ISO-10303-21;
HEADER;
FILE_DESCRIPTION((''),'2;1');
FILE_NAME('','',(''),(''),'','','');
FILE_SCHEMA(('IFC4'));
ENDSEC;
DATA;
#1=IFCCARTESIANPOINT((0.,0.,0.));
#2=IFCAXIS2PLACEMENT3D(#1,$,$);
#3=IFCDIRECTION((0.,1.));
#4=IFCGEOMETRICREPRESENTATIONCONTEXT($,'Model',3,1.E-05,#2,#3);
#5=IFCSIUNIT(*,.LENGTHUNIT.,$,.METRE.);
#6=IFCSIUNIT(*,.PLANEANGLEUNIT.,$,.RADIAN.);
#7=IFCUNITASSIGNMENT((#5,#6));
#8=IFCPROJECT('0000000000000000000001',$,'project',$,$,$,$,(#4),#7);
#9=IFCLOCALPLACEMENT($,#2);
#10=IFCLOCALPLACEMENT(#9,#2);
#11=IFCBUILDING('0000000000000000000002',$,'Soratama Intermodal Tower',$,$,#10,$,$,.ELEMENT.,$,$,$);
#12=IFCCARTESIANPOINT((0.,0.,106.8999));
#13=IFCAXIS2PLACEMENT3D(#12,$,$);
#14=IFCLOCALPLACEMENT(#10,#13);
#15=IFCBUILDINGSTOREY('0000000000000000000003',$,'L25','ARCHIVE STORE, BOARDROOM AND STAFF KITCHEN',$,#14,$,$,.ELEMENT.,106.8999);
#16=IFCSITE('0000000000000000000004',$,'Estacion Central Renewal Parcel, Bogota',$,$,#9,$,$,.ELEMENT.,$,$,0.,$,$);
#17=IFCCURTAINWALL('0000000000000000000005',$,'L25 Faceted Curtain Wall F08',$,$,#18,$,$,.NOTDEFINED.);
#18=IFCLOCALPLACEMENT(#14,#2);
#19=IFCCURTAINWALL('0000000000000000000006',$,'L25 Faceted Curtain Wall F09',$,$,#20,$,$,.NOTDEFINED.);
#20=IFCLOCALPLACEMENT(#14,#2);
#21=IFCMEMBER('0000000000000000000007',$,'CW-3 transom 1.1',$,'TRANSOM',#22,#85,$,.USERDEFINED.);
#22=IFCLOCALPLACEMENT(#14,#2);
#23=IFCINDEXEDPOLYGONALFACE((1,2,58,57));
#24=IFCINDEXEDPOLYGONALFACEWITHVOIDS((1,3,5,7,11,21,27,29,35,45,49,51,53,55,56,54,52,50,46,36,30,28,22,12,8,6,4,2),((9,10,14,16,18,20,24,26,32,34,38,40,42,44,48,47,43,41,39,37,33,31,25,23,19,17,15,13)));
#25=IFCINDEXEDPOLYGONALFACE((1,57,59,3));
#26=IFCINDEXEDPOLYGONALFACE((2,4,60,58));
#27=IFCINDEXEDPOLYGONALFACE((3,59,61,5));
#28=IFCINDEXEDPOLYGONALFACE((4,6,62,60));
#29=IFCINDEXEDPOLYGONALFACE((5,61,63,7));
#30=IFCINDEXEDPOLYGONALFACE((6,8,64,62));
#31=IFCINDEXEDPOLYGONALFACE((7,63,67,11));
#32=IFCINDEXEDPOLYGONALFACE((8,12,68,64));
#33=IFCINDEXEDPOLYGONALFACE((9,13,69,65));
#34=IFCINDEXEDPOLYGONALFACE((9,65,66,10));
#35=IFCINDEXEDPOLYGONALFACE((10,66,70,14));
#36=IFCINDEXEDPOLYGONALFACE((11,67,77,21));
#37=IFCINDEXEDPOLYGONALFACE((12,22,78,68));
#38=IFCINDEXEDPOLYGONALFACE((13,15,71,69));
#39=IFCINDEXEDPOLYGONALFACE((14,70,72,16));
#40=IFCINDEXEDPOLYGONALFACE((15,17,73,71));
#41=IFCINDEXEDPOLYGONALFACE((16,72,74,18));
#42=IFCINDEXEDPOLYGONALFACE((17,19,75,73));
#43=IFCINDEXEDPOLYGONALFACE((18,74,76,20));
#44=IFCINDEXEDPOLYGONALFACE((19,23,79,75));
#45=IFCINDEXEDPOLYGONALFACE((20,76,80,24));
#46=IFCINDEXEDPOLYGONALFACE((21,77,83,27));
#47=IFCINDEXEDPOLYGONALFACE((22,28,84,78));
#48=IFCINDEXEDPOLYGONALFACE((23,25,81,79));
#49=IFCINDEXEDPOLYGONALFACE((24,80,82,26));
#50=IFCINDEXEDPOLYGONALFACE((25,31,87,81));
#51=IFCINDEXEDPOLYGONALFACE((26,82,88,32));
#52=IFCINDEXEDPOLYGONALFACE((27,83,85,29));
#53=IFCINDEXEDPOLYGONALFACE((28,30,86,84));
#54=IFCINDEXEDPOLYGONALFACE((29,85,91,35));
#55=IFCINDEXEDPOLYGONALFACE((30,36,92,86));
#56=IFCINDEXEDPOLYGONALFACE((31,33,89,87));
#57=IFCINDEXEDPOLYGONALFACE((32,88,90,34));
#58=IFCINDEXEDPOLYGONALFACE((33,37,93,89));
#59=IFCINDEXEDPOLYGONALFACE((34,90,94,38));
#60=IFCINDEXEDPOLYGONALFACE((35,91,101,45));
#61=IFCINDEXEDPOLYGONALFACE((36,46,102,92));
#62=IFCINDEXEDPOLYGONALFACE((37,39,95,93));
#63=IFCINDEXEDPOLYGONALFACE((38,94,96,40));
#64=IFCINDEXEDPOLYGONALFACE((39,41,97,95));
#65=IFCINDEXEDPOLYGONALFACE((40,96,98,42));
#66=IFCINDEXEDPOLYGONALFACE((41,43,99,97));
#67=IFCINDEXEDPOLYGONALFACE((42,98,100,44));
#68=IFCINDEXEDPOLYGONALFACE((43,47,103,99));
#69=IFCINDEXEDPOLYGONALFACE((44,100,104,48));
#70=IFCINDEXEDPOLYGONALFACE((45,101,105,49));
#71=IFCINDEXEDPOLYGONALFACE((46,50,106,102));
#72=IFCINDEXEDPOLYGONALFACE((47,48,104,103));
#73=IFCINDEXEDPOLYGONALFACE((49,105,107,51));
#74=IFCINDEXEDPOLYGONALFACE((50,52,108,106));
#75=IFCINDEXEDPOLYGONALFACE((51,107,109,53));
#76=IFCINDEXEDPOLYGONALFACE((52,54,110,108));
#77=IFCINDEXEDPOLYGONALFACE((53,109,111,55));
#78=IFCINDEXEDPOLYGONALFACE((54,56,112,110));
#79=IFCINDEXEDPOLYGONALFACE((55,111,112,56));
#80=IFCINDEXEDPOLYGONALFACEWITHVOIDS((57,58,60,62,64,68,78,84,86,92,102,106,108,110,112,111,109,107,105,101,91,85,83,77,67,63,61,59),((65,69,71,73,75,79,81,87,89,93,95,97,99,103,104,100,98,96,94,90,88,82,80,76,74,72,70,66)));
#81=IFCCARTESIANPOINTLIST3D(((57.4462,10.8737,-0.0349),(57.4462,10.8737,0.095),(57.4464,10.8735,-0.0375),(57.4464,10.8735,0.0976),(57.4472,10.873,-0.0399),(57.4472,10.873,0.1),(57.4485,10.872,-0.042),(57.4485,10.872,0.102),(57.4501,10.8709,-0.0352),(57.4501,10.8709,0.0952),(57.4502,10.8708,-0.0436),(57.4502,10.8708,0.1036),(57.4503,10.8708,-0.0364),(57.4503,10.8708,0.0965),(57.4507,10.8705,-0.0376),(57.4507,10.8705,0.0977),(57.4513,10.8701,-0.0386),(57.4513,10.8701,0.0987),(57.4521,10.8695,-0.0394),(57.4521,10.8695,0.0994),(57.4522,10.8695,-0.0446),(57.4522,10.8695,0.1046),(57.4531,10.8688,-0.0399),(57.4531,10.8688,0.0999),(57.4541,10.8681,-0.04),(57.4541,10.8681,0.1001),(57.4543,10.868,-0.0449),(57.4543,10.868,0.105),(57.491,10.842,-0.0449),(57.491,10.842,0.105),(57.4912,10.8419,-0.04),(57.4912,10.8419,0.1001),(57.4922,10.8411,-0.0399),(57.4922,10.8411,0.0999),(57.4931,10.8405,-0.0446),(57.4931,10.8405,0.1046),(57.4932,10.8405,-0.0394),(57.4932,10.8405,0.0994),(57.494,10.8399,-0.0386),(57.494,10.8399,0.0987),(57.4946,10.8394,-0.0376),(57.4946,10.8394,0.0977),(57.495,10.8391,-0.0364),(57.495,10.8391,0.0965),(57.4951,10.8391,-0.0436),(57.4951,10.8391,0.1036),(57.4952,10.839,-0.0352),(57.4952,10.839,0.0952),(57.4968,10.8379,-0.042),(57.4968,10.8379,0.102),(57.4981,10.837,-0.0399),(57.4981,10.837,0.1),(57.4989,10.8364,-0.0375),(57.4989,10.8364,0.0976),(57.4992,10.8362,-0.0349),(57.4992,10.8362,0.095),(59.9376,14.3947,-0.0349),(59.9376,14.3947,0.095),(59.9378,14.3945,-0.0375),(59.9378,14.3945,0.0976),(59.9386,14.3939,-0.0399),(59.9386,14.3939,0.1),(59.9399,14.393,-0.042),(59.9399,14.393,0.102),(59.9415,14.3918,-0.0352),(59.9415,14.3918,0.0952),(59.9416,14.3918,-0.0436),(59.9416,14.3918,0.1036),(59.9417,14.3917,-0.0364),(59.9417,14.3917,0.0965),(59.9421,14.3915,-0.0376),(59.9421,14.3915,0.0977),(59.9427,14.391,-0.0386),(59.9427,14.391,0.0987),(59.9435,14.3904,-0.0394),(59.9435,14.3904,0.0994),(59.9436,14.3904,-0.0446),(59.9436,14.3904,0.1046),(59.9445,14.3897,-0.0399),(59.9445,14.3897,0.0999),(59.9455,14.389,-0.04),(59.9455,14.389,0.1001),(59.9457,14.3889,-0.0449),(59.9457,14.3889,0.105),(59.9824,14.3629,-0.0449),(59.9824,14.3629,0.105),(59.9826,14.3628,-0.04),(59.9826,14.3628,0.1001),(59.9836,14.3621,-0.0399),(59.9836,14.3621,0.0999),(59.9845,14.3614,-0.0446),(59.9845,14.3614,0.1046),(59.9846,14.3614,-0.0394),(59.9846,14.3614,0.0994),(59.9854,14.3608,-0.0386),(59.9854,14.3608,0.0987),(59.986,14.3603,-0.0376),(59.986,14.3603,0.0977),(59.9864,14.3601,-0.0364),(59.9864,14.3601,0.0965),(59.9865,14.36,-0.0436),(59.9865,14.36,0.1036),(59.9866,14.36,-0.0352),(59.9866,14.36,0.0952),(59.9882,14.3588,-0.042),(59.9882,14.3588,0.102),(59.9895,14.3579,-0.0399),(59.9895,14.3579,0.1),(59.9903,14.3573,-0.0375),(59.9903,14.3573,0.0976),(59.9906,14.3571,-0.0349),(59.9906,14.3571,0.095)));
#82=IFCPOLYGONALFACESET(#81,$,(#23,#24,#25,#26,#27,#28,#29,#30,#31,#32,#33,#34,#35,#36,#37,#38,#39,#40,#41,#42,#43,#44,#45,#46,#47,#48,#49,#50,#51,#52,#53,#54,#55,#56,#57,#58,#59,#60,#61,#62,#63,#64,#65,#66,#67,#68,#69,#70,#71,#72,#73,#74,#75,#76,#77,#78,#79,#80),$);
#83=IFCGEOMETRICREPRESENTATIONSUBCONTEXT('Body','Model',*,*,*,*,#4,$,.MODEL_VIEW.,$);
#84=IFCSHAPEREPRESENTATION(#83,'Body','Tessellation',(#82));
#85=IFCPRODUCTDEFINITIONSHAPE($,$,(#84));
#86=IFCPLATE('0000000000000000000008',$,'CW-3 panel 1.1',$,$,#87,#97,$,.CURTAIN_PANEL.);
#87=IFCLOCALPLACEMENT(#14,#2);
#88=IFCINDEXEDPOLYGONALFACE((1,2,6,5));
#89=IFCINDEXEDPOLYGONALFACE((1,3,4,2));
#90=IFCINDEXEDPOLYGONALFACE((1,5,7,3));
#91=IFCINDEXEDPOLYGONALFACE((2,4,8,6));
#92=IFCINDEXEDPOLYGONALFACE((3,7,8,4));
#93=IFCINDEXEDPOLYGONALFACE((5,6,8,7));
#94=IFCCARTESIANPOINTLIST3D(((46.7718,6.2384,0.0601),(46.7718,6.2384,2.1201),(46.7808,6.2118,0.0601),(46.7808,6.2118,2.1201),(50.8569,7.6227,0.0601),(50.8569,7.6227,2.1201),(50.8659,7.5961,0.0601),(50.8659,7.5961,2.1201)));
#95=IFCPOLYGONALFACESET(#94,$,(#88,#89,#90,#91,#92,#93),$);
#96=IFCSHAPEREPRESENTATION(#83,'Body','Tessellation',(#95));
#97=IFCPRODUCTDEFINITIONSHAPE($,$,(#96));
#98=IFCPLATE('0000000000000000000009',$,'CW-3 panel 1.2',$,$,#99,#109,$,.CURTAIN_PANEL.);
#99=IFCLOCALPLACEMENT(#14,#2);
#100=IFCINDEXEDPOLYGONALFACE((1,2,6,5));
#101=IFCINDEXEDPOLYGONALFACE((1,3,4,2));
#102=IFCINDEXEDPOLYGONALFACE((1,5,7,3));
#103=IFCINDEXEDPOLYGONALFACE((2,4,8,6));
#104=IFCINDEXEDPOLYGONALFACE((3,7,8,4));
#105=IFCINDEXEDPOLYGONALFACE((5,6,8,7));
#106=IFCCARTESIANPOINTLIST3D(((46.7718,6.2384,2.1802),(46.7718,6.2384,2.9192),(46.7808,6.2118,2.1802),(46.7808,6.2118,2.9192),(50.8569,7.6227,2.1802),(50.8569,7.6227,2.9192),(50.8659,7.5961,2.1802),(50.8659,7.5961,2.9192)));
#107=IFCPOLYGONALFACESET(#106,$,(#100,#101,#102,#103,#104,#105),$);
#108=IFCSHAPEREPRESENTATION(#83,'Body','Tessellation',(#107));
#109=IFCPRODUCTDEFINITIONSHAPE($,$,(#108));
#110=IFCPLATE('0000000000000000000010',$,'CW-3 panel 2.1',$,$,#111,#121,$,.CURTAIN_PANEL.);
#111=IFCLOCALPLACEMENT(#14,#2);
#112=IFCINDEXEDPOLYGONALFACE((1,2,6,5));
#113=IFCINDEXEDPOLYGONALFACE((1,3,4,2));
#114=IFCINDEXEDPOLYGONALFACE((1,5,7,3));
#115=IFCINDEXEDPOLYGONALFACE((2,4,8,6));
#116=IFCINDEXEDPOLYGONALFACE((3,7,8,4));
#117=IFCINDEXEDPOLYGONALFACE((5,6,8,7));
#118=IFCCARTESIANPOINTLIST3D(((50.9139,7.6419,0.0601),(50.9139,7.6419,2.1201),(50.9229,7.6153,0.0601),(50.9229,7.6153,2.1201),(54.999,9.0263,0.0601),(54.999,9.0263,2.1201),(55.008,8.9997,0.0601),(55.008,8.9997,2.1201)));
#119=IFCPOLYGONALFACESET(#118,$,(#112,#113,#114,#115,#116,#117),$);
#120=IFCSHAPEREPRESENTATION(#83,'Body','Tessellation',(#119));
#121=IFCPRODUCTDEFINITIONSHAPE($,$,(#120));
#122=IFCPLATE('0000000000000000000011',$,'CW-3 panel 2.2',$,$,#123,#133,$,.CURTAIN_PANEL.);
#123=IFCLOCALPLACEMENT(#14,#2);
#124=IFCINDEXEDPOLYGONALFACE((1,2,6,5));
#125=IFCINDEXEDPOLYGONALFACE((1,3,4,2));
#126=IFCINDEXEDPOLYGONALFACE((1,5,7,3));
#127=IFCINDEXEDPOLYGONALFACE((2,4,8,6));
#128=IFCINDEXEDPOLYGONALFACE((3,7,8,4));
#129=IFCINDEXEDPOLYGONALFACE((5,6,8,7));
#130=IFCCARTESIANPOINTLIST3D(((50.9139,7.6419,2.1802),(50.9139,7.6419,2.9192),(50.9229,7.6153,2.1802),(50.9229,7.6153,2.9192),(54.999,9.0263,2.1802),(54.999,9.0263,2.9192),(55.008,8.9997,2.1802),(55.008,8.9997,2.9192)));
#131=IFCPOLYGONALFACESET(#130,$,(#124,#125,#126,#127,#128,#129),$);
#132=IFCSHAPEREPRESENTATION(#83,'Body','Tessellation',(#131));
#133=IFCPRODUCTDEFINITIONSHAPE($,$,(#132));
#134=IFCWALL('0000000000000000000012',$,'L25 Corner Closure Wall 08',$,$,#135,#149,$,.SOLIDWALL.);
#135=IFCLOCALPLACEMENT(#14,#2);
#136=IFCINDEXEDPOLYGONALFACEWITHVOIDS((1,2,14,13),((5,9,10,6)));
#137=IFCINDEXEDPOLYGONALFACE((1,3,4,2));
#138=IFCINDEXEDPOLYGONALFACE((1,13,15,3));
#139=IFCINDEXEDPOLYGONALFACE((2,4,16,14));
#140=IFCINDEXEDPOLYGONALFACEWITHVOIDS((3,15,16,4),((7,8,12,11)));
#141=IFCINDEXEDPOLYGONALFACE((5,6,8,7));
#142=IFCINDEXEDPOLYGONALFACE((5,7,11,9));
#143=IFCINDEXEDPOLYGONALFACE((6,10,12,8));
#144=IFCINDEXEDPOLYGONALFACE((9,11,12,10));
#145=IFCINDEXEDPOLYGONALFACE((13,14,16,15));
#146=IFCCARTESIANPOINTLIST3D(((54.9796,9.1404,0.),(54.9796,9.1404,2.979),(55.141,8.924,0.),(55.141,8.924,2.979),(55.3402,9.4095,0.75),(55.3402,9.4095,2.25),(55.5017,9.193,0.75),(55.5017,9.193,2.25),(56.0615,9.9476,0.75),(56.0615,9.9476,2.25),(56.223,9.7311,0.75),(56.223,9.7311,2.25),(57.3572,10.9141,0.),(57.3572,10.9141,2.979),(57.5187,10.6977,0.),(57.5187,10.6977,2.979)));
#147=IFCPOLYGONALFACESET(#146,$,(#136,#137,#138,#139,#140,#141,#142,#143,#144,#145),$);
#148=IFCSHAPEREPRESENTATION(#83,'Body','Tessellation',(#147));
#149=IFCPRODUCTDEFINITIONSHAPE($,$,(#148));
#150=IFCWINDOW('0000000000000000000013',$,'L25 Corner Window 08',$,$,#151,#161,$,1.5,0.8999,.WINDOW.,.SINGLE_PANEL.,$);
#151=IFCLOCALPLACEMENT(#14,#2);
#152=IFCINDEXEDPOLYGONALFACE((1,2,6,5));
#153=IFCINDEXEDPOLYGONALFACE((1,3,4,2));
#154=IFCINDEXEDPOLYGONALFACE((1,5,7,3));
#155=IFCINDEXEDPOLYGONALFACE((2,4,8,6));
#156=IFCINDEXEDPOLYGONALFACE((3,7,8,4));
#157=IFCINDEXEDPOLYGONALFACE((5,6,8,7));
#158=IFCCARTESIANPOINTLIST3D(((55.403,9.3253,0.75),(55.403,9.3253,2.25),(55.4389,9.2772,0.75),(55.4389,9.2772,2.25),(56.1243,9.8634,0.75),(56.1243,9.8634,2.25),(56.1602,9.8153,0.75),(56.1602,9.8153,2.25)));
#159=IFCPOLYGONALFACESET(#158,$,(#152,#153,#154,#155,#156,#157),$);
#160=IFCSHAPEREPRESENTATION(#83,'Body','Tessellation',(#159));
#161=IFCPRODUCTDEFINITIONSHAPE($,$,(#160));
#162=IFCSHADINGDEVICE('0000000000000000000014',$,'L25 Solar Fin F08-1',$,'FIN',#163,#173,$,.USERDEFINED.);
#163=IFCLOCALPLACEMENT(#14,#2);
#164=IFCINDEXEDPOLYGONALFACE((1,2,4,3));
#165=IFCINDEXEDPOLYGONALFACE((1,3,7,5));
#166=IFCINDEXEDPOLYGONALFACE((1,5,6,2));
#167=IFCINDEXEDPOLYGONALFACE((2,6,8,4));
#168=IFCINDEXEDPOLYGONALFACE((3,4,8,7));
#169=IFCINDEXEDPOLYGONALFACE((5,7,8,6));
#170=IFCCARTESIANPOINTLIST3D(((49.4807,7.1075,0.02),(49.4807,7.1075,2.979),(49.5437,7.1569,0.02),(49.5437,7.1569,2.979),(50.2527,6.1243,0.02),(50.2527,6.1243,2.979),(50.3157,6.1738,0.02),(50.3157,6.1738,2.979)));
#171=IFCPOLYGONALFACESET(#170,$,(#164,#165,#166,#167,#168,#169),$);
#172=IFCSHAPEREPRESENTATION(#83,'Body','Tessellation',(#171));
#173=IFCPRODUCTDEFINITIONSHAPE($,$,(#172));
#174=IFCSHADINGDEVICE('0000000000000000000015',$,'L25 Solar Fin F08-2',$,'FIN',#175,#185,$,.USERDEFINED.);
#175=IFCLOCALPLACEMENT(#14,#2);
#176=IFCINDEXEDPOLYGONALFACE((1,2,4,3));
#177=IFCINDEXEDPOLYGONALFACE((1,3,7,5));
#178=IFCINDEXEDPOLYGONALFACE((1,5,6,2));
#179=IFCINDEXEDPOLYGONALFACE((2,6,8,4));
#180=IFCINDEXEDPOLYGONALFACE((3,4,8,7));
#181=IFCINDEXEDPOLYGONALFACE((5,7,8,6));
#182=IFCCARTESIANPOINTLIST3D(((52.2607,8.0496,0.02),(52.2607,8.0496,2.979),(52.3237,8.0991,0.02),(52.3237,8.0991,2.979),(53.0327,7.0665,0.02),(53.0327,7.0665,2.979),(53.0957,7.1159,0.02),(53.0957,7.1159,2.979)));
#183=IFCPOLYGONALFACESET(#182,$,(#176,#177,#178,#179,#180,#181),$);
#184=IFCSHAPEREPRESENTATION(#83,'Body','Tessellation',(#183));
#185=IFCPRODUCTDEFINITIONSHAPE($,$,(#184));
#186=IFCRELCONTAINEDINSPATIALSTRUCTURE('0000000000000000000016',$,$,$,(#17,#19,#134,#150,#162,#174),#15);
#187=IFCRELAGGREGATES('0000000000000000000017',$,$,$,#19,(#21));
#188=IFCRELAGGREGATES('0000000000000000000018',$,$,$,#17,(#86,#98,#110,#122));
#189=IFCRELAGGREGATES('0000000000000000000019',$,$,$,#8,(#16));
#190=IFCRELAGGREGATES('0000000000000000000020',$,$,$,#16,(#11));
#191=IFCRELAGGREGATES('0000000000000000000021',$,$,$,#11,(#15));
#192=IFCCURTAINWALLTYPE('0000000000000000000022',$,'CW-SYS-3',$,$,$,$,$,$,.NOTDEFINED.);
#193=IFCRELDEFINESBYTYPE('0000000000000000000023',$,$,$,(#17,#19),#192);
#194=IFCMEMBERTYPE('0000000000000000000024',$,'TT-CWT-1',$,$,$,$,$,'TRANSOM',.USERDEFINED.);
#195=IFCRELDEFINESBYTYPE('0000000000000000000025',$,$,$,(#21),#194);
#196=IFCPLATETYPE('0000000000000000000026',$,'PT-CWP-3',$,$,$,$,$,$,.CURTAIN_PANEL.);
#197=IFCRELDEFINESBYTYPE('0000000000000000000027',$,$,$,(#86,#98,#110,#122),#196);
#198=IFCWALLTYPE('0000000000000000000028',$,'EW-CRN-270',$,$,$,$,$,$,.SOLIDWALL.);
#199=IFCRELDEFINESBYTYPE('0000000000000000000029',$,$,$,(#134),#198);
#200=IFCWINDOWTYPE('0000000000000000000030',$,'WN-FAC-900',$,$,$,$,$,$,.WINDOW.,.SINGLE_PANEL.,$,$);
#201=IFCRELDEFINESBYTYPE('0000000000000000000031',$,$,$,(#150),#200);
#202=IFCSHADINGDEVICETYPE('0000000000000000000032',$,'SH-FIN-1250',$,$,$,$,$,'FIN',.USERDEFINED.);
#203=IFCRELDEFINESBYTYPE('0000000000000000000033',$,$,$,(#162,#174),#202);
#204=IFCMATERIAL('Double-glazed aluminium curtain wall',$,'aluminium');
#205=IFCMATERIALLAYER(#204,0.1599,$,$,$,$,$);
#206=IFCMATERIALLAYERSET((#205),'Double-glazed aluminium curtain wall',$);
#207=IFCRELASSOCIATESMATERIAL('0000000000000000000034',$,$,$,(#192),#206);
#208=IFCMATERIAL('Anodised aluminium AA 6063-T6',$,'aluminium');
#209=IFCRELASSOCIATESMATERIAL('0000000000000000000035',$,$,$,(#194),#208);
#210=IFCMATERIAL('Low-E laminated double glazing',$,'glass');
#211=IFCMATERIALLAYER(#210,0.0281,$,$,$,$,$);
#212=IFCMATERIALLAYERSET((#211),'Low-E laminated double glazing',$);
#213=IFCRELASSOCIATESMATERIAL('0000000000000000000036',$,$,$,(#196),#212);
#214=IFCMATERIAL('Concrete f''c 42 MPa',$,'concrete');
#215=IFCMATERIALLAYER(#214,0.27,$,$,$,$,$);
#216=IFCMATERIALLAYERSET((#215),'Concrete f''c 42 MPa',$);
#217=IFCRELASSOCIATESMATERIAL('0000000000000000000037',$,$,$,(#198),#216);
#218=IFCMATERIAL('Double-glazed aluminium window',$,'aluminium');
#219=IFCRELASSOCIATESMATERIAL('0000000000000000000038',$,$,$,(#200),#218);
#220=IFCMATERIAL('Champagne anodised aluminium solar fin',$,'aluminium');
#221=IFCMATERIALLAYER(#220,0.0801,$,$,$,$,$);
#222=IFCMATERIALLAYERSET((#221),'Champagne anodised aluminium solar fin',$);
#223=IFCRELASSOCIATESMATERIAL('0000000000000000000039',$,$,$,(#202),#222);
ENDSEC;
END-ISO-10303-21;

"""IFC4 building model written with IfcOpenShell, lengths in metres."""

from ifc_helpers import new_model, si_unit, direction, frame, frame_2d, origin, origin_2d, place, context, subcontext, project, spatial, rectangle, hollow_rectangle, extrude, material, layer, layer_set, material_profile, profile_set, type_object, element, fill, aggregate, save


model = new_model("IFC4")

# Units and contexts
model_context = context("Model", 3, precision=1e-05, world=origin(), true_north=direction((0.0, 1.0)))
body_context = subcontext(model_context, "Body", "Model", "MODEL_VIEW")
ifc_project = project(units=[si_unit("LENGTHUNIT", "METRE"), si_unit("PLANEANGLEUNIT", "RADIAN")], contexts=[model_context])

# Site, building, storey
site_placement = place(None, origin())
site = spatial("IfcSite", under=ifc_project, at=site_placement, Name="Estacion Central Renewal Parcel, Bogota", CompositionType="ELEMENT", RefElevation=0.0)
building_placement = place(site_placement, origin())
building = spatial("IfcBuilding", under=site, at=building_placement, Name="Soratama Intermodal Tower", CompositionType="ELEMENT")
storey_placement = place(building_placement, frame((0.0, 0.0, 106.8999)))
storey = spatial("IfcBuildingStorey", under=building, at=storey_placement, Name="L25", Description="ARCHIVE STORE, BOARDROOM AND STAFF KITCHEN", CompositionType="ELEMENT", Elevation=106.8999)

# Curtain wall
ifc_material_1 = material(Name="Double-glazed aluminium curtain wall", Category="aluminium")
ifc_layer_1 = layer(ifc_material_1, 0.1599)
ifc_layer_set_1 = layer_set([ifc_layer_1], Name="Double-glazed aluminium curtain wall")
curtain_wall_type = type_object("IfcCurtainWallType", Name="CW-SYS-3", PredefinedType="NOTDEFINED", material=ifc_layer_set_1)
curtain_wall_1_placement = place(storey_placement, origin())
curtain_wall_1 = element("IfcCurtainWall", 1, at=curtain_wall_1_placement, inside=storey, type_object=curtain_wall_type, Name="L25 Faceted Curtain Wall F08", PredefinedType="NOTDEFINED")

# Curtain wall
curtain_wall_2_placement = place(storey_placement, origin())
curtain_wall_2 = element("IfcCurtainWall", 2, at=curtain_wall_2_placement, inside=storey, type_object=curtain_wall_type, Name="L25 Faceted Curtain Wall F09", PredefinedType="NOTDEFINED")

# Member
ifc_material_2 = material(Name="Anodised aluminium AA 6063-T6", Category="aluminium")
ifc_material_profile_1 = material_profile(ifc_material_2, hollow_rectangle(XDim=0.0649, YDim=0.1499, WallThickness=0.0049, InnerFilletRadius=0.0049, OuterFilletRadius=0.01, at=origin_2d()), Name="CWT150X65X5")
ifc_profile_set_1 = profile_set([ifc_material_profile_1], Name="Anodised aluminium AA 6063-T6")
member_type_1 = type_object("IfcMemberType", Name="TT-CWT-1", ElementType="TRANSOM", PredefinedType="USERDEFINED", material=ifc_profile_set_1)
member_1_placement = place(storey_placement, frame((57.4727, 10.855, 0.03), z_axis=(0.577618, 0.816307, 0.0), x_axis=(-0.816307, 0.577618, 0.0)))
member_1 = element("IfcMember", 3, at=member_1_placement, type_object=member_type_1, Name="CW-3 transom 1.1", ObjectType="TRANSOM", PredefinedType="USERDEFINED", context=body_context, shape_type="SweptSolid", body=[
    extrude(hollow_rectangle(XDim=0.0649, YDim=0.1499, WallThickness=0.0049, InnerFilletRadius=0.0049, OuterFilletRadius=0.01, at=origin_2d()), origin(), (0.0, 0.0, 1.0), 4.3132),
])
aggregate(curtain_wall_2, [member_1])

# Plates
ifc_material_3 = material(Name="Low-E laminated double glazing", Category="glass")
ifc_layer_2 = layer(ifc_material_3, 0.0281)
ifc_layer_set_2 = layer_set([ifc_layer_2], Name="Low-E laminated double glazing")
plate_type = type_object("IfcPlateType", Name="PT-CWP-3", PredefinedType="CURTAIN_PANEL", material=ifc_layer_set_2)
plate_1_placement = place(storey_placement, frame((48.8188, 6.9172, 0.0601), z_axis=(0.0, 0.0, 1.0), x_axis=(0.947098, 0.320945, 0.0)))
plate_1 = element("IfcPlate", 4, at=plate_1_placement, type_object=plate_type, Name="CW-3 panel 1.1", PredefinedType="CURTAIN_PANEL", context=body_context, shape_type="SweptSolid", body=[
    extrude(rectangle(XDim=4.3132, YDim=0.0281, at=origin_2d()), origin(), (0.0, 0.0, 1.0), 2.0601),
])
plate_2_placement = place(storey_placement, frame((48.8188, 6.9172, 2.1802), z_axis=(0.0, 0.0, 1.0), x_axis=(0.947098, 0.320945, 0.0)))
plate_2 = element("IfcPlate", 5, at=plate_2_placement, type_object=plate_type, Name="CW-3 panel 1.2", PredefinedType="CURTAIN_PANEL", context=body_context, shape_type="SweptSolid", body=[
    extrude(rectangle(XDim=4.3132, YDim=0.0281, at=origin_2d()), origin(), (0.0, 0.0, 1.0), 0.739),
])
plate_3_placement = place(storey_placement, frame((52.9609, 8.3208, 0.0601), z_axis=(0.0, 0.0, 1.0), x_axis=(0.947098, 0.320945, 0.0)))
plate_3 = element("IfcPlate", 6, at=plate_3_placement, type_object=plate_type, Name="CW-3 panel 2.1", PredefinedType="CURTAIN_PANEL", context=body_context, shape_type="SweptSolid", body=[
    extrude(rectangle(XDim=4.3132, YDim=0.0281, at=origin_2d()), origin(), (0.0, 0.0, 1.0), 2.0601),
])
plate_4_placement = place(storey_placement, frame((52.9609, 8.3208, 2.1802), z_axis=(0.0, 0.0, 1.0), x_axis=(0.947098, 0.320945, 0.0)))
plate_4 = element("IfcPlate", 7, at=plate_4_placement, type_object=plate_type, Name="CW-3 panel 2.2", PredefinedType="CURTAIN_PANEL", context=body_context, shape_type="SweptSolid", body=[
    extrude(rectangle(XDim=4.3132, YDim=0.0281, at=origin_2d()), origin(), (0.0, 0.0, 1.0), 0.739),
])
aggregate(curtain_wall_1, [plate_1, plate_2, plate_3, plate_4])

# Wall, opening, window
ifc_material_4 = material(Name="Concrete f'c 42 MPa", Category="concrete")
ifc_layer_3 = layer(ifc_material_4, 0.27)
ifc_layer_set_3 = layer_set([ifc_layer_3], Name="Concrete f'c 42 MPa")
wall_type = type_object("IfcWallType", Name="EW-CRN-270", PredefinedType="SOLIDWALL", material=ifc_layer_set_3)
wall_placement = place(storey_placement, frame((55.0603, 9.0322, 0.0), z_axis=(0.0, 0.0, 1.0), x_axis=(0.801548, 0.597931, 0.0)))
wall = element("IfcWall", 8, at=wall_placement, inside=storey, type_object=wall_type, Name="L25 Corner Closure Wall 08", PredefinedType="SOLIDWALL", context=body_context, shape_type="SweptSolid", body=[
    extrude(rectangle(XDim=2.9663, YDim=0.27, at=frame_2d((1.4832, 0.0))), origin(), (0.0, 0.0, 1.0), 2.979),
])
opening_placement = place(wall_placement, frame((0.45, 0.0, 0.75)))
opening = element("IfcOpeningElement", 9, at=opening_placement, cuts=wall, PredefinedType="OPENING", context=body_context, shape_type="SweptSolid", body=[
    extrude(rectangle(XDim=0.8999, YDim=1.5, at=frame_2d((0.45, 0.75))), frame((0.0, 0.145, 0.0), z_axis=(0.0, -1.0, 0.0), x_axis=(1.0, 0.0, 0.0)), (0.0, 0.0, 1.0), 0.29),
])
ifc_material_5 = material(Name="Double-glazed aluminium window", Category="aluminium")
window_type = type_object("IfcWindowType", Name="WN-FAC-900", PartitioningType="SINGLE_PANEL", PredefinedType="WINDOW", material=ifc_material_5)
window_placement = place(opening_placement, origin())
window = element("IfcWindow", 10, at=window_placement, inside=storey, type_object=window_type, Name="L25 Corner Window 08", OverallHeight=1.5, OverallWidth=0.8999, PartitioningType="SINGLE_PANEL", PredefinedType="WINDOW", context=body_context, shape_type="SweptSolid", body=[
    extrude(rectangle(XDim=0.8999, YDim=1.5, at=frame_2d((0.45, 0.75))), frame((0.0, 0.03, 0.0), z_axis=(0.0, -1.0, 0.0), x_axis=(1.0, 0.0, 0.0)), (0.0, 0.0, 1.0), 0.0601),
])
fill(opening, window)

# Shading devices
ifc_material_6 = material(Name="Champagne anodised aluminium solar fin", Category="aluminium")
ifc_layer_4 = layer(ifc_material_6, 0.0801)
ifc_layer_set_4 = layer_set([ifc_layer_4], Name="Champagne anodised aluminium solar fin")
shading_device_type = type_object("IfcShadingDeviceType", Name="SH-FIN-1250", ElementType="FIN", PredefinedType="USERDEFINED", material=ifc_layer_set_4)
for number, where, z_axis, x_axis, name in (
    (11, (49.8982, 6.6406, 0.02), (0.0, 0.0, 1.0), (0.617585, -0.786504, 0.0), "L25 Solar Fin F08-1"),
    (12, (52.6782, 7.5828, 0.02), (0.0, 0.0, 1.0), (0.617585, -0.786504, 0.0), "L25 Solar Fin F08-2"),
):
    element("IfcShadingDevice", number, at=place(storey_placement, frame(where, z_axis=z_axis, x_axis=x_axis)), inside=storey, type_object=shading_device_type, Name=name, ObjectType="FIN", PredefinedType="USERDEFINED", context=body_context, shape_type="SweptSolid", body=[
        extrude(rectangle(XDim=1.25, YDim=0.0801, at=origin_2d()), origin(), (0.0, 0.0, 1.0), 2.959),
    ])

save(model, "model.ifc")
